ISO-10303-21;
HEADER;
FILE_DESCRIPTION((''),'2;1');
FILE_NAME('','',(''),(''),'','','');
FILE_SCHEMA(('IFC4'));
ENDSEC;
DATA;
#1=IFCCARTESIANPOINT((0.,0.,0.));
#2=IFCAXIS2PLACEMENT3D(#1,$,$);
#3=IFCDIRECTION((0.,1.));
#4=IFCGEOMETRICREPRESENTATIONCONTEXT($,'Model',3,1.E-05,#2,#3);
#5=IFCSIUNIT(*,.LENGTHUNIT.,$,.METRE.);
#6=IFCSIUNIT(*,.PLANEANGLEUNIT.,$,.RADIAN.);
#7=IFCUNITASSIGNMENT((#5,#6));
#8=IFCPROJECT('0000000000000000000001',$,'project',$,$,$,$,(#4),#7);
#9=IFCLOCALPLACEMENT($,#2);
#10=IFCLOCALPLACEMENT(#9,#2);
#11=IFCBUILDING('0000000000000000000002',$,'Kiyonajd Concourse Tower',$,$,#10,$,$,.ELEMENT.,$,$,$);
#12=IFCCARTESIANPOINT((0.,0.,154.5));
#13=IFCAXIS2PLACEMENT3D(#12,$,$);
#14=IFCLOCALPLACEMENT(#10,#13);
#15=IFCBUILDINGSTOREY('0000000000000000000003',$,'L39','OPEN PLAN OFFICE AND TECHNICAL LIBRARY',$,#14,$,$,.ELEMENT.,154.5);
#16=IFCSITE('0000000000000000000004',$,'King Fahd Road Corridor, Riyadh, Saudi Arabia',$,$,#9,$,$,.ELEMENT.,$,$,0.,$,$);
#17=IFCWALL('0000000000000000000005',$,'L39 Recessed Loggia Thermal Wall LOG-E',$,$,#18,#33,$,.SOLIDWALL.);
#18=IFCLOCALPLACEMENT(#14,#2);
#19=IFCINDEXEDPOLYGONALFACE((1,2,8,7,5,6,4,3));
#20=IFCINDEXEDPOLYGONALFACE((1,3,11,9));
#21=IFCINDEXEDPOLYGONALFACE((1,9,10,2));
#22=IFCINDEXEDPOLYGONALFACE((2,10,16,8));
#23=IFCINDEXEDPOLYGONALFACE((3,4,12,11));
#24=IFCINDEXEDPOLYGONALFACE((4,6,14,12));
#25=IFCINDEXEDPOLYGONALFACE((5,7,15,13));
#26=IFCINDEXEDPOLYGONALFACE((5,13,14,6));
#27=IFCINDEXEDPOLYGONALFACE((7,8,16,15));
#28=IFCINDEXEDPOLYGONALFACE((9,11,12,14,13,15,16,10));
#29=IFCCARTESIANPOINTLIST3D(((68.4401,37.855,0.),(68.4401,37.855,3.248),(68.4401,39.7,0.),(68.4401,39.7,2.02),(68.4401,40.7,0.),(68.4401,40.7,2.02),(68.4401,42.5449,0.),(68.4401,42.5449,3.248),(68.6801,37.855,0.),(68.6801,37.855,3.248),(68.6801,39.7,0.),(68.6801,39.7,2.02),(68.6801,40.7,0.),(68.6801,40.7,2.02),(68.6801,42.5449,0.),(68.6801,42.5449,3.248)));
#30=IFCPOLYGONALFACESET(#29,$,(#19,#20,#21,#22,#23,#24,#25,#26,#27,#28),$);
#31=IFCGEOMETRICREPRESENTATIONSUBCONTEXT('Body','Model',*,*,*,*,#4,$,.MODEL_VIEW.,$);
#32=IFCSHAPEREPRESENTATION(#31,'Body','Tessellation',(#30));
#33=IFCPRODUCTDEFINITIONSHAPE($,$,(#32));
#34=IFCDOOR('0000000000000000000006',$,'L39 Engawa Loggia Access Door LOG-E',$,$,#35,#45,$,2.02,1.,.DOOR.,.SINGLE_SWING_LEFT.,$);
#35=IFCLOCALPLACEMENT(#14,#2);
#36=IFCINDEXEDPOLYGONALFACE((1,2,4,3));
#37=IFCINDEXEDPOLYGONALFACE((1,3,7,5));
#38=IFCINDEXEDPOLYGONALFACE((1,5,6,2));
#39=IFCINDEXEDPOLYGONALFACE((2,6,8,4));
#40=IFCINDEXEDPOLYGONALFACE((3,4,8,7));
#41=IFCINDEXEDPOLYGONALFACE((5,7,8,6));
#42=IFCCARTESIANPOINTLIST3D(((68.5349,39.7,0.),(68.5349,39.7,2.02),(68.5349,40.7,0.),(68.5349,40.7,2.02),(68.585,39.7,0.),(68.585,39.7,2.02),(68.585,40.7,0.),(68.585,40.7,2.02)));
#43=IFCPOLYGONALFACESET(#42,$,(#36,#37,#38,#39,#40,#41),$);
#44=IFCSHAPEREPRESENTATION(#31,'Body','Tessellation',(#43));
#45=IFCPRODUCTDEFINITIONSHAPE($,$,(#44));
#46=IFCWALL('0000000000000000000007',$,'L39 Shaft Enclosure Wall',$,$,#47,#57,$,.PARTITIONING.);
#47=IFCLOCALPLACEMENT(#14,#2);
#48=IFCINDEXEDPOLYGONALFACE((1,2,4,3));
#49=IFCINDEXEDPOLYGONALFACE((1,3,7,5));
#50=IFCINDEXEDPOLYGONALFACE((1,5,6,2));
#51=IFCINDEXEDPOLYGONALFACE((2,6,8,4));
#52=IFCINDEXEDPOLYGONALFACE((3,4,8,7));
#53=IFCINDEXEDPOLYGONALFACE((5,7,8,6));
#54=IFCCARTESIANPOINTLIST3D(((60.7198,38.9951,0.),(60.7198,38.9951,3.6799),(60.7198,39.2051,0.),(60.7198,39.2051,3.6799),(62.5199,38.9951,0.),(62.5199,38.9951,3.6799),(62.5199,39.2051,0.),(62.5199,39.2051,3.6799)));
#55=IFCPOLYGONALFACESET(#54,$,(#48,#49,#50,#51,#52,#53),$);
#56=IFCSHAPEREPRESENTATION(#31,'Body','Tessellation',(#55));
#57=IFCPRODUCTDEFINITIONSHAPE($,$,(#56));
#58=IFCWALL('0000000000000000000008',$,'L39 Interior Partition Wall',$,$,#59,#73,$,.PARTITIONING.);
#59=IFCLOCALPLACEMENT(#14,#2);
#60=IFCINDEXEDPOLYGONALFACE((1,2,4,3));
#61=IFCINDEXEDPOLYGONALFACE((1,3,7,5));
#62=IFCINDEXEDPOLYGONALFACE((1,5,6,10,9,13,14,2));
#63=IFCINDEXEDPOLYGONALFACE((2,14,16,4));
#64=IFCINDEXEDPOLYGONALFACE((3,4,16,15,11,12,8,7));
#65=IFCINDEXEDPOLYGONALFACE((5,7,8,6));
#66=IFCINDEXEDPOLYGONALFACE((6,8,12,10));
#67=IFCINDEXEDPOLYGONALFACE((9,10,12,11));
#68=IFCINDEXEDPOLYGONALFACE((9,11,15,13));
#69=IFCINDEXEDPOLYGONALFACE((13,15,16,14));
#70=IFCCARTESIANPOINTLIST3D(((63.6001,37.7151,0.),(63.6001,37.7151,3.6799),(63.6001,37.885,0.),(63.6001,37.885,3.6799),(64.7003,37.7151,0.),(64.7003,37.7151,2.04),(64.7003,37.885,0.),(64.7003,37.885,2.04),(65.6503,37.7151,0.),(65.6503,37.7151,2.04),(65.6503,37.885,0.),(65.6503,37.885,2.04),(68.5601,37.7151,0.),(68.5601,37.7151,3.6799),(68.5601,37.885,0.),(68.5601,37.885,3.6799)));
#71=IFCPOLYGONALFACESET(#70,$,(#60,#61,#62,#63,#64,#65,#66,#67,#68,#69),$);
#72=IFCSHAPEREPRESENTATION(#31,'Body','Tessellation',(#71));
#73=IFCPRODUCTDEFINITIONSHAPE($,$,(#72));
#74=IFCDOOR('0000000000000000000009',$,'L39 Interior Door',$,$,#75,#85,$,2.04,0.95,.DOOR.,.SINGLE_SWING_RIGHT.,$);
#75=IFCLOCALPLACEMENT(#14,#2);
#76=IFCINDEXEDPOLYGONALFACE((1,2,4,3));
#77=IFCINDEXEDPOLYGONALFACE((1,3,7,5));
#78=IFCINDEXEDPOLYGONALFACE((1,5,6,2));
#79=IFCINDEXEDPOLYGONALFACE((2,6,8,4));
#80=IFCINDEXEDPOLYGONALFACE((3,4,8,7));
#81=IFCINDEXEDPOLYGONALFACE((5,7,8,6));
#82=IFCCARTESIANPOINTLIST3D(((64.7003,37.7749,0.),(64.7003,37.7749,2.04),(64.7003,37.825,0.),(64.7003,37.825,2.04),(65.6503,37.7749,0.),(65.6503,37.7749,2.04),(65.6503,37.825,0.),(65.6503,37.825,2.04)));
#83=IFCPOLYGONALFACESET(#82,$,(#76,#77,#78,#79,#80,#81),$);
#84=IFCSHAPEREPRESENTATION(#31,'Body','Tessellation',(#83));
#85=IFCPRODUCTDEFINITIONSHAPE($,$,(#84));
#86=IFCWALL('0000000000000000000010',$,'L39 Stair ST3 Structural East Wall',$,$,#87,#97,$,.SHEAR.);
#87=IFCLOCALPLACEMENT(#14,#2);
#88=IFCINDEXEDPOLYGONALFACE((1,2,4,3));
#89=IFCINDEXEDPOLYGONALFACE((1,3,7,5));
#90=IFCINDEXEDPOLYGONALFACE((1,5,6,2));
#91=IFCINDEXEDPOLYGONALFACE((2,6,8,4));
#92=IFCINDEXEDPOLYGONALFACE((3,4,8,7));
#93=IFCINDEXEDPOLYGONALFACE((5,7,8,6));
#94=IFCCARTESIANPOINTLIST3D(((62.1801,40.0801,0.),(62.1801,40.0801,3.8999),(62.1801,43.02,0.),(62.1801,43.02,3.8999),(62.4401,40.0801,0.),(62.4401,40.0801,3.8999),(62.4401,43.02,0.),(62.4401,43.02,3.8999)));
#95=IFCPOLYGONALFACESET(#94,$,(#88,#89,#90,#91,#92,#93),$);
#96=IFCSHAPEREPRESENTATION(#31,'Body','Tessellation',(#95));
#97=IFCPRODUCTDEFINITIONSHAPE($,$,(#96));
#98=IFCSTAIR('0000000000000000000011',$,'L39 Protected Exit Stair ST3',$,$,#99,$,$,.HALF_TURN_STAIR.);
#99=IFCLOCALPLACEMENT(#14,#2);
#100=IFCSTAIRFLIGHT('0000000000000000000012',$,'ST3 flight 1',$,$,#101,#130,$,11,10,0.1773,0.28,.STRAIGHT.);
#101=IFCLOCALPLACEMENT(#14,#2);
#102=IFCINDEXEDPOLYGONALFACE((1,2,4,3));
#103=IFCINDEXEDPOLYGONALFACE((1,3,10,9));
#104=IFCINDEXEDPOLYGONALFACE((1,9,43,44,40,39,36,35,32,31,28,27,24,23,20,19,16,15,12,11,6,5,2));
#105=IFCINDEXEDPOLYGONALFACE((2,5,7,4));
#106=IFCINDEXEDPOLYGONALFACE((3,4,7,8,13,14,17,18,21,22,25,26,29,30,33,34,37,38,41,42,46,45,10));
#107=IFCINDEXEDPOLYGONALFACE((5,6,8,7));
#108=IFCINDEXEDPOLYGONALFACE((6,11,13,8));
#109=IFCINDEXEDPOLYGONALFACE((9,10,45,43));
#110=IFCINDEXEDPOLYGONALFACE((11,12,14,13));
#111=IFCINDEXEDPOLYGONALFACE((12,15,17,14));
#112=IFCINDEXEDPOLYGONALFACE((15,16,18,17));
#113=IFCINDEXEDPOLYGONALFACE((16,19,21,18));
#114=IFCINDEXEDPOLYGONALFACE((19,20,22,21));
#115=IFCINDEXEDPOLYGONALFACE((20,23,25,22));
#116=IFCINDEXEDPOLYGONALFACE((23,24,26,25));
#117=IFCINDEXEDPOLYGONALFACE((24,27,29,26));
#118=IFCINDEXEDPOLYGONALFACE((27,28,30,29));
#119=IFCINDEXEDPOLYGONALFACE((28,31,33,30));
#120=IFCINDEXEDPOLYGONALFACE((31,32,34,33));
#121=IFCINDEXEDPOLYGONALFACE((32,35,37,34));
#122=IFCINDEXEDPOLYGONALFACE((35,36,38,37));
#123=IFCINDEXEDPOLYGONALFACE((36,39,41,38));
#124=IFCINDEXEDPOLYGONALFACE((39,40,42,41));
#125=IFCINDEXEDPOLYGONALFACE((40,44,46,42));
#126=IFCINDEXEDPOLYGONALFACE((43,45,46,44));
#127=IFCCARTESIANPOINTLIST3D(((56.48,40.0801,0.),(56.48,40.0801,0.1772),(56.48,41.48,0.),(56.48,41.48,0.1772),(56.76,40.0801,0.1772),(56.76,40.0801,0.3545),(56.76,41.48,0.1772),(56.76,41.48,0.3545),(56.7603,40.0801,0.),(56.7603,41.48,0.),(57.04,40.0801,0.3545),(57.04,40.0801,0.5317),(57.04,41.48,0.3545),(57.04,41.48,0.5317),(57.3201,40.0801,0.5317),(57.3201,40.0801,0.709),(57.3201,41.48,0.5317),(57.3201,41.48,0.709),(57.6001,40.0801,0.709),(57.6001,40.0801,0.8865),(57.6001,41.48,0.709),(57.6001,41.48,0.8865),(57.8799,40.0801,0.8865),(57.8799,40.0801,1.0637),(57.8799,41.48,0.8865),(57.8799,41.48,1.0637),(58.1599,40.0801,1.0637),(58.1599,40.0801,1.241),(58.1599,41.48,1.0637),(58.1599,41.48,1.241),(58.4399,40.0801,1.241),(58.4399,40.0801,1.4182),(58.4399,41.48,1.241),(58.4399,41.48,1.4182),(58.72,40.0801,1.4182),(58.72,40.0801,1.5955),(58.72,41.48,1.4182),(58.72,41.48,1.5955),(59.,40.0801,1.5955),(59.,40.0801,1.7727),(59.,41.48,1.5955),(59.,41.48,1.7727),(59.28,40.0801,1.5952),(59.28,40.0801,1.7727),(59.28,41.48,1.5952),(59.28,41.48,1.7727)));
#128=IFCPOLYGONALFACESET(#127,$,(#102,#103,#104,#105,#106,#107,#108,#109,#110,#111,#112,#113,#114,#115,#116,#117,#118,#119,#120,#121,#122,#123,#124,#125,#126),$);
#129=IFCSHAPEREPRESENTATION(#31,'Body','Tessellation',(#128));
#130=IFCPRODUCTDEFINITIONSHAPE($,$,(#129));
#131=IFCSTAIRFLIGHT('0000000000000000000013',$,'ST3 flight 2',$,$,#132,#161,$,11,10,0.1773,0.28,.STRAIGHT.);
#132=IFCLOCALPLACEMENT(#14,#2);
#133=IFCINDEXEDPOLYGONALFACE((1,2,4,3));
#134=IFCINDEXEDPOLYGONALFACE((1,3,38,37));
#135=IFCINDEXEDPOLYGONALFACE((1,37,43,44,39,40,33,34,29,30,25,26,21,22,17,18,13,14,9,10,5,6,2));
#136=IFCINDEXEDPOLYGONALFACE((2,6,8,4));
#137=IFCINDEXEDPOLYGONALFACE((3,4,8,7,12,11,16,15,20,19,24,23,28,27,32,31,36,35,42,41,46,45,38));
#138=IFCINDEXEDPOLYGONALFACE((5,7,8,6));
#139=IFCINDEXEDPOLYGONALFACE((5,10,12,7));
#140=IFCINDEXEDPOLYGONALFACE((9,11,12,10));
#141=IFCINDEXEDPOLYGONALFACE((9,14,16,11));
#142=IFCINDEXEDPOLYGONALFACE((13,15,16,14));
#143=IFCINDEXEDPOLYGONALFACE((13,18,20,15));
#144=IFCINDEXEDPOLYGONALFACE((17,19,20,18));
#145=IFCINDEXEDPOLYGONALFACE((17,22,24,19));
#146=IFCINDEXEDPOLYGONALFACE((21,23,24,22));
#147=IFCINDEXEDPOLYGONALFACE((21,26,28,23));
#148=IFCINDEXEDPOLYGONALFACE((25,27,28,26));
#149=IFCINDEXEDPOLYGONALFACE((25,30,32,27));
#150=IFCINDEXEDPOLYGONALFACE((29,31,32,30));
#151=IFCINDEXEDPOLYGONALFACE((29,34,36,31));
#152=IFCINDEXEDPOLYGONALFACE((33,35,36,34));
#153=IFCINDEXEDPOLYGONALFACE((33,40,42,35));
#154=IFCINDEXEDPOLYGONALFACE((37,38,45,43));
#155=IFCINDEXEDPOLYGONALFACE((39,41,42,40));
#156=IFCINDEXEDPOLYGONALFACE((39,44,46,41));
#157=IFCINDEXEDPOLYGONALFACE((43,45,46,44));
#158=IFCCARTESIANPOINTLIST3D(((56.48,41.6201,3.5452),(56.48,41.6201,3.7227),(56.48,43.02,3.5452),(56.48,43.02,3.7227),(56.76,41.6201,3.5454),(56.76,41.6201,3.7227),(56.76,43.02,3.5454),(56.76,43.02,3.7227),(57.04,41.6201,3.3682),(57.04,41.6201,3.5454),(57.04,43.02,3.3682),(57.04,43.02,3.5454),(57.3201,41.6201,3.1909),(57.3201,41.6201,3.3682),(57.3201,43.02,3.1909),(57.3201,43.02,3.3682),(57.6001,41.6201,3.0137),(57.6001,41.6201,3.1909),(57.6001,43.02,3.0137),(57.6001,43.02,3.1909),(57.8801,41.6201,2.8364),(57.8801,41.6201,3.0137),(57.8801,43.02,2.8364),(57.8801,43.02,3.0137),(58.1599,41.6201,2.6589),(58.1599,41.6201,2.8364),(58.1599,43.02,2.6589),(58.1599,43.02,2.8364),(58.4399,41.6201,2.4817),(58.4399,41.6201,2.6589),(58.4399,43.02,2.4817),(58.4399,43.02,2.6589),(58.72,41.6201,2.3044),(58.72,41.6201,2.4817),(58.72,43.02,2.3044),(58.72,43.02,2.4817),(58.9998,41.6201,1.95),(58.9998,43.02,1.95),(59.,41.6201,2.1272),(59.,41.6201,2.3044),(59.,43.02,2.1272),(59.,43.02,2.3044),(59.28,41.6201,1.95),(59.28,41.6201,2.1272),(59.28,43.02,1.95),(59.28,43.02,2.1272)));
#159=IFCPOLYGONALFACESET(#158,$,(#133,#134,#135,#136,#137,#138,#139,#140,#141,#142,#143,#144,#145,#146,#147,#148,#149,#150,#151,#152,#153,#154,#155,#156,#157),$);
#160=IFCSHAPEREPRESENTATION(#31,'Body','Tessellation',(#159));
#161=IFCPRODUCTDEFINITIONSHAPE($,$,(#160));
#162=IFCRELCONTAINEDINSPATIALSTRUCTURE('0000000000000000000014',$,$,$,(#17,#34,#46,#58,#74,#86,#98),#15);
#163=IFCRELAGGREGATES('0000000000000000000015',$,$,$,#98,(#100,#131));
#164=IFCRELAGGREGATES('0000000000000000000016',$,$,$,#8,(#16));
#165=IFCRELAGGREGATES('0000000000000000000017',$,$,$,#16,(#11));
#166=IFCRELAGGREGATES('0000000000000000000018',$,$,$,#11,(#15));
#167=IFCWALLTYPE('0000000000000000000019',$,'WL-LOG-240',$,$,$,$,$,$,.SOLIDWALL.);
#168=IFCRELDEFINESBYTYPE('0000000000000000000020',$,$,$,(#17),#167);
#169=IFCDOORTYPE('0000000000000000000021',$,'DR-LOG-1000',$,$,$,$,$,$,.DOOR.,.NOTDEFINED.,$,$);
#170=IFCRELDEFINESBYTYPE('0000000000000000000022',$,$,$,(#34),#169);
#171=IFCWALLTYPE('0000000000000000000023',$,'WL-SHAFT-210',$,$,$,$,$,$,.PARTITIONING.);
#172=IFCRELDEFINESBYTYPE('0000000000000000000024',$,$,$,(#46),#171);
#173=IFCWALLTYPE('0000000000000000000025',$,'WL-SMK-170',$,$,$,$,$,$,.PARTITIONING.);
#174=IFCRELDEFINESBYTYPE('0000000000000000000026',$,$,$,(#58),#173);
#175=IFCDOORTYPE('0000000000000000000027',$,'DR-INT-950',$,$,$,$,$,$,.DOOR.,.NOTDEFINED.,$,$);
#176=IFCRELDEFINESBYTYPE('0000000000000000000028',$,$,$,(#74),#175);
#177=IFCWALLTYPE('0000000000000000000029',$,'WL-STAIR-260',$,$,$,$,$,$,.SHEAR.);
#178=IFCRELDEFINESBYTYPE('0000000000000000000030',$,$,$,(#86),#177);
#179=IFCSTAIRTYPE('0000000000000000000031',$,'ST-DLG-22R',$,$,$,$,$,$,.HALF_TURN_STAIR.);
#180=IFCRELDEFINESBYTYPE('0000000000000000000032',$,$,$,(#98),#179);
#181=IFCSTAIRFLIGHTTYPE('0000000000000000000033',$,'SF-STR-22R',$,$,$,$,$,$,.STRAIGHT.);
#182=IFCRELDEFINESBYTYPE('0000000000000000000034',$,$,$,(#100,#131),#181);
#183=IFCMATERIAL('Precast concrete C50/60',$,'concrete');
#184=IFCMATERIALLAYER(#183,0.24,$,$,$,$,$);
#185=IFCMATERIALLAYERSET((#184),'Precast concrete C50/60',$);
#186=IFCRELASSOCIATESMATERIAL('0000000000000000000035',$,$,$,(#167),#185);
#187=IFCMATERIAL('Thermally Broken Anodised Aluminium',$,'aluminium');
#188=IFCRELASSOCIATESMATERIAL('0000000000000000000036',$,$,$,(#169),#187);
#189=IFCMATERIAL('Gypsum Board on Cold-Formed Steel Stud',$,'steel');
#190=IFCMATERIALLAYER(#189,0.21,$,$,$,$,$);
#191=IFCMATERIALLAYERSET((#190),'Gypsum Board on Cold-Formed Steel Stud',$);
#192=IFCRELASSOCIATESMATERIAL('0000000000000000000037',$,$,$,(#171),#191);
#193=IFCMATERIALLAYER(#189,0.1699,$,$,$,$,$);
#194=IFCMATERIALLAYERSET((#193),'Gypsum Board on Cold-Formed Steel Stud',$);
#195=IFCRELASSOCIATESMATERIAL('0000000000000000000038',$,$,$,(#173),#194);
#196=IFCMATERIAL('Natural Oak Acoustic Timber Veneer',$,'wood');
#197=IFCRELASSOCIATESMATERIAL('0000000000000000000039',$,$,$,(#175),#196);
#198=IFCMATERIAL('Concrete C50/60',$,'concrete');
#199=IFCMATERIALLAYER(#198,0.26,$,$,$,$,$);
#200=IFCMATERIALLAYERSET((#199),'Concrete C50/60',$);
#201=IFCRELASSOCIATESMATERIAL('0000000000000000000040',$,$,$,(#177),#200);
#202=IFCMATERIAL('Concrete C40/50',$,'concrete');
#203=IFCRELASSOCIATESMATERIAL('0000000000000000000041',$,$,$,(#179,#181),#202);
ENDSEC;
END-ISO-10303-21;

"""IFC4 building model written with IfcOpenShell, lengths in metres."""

from ifc_helpers import new_model, si_unit, direction, frame, frame_2d, origin, place, context, subcontext, project, spatial, polyline, rectangle, outline, extrude, material, layer, layer_set, type_object, element, fill, aggregate, save


model = new_model("IFC4")

# Units and contexts
model_context = context("Model", 3, precision=1e-05, world=origin(), true_north=direction((0.0, 1.0)))
body_context = subcontext(model_context, "Body", "Model", "MODEL_VIEW")
ifc_project = project(units=[si_unit("LENGTHUNIT", "METRE"), si_unit("PLANEANGLEUNIT", "RADIAN")], contexts=[model_context])

# Site, building, storey
site_placement = place(None, origin())
site = spatial("IfcSite", under=ifc_project, at=site_placement, Name="King Fahd Road Corridor, Riyadh, Saudi Arabia", CompositionType="ELEMENT", RefElevation=0.0)
building_placement = place(site_placement, origin())
building = spatial("IfcBuilding", under=site, at=building_placement, Name="Kiyonajd Concourse Tower", CompositionType="ELEMENT")
storey_placement = place(building_placement, frame((0.0, 0.0, 154.5)))
storey = spatial("IfcBuildingStorey", under=building, at=storey_placement, Name="L39", Description="OPEN PLAN OFFICE AND TECHNICAL LIBRARY", CompositionType="ELEMENT", Elevation=154.5)

# Shared definitions
ifc_material_1 = material(Name="Thermally Broken Anodised Aluminium", Category="aluminium")

# Shared definitions
ifc_material_2 = material(Name="Precast concrete C50/60", Category="concrete")

# Wall, opening, door
ifc_layer_1 = layer(ifc_material_2, 0.24)
ifc_layer_set_1 = layer_set([ifc_layer_1], Name="Precast concrete C50/60")
wall_type_1 = type_object("IfcWallType", Name="WL-LOG-240", PredefinedType="SOLIDWALL", material=ifc_layer_set_1)
wall_1_placement = place(storey_placement, frame((68.5601, 42.5449, 0.0), z_axis=(0.0, 0.0, 1.0), x_axis=(0.0, -1.0, 0.0)))
wall_1 = element("IfcWall", 1, at=wall_1_placement, inside=storey, type_object=wall_type_1, Name="L39 Recessed Loggia Thermal Wall LOG-E", PredefinedType="SOLIDWALL", context=body_context, shape_type="SweptSolid", body=[
    extrude(rectangle(XDim=4.6899, YDim=0.24, at=frame_2d((2.345, 0.0))), origin(), (0.0, 0.0, 1.0), 3.248),
])
opening_1_placement = place(wall_1_placement, frame((1.845, 0.0, 0.0)))
opening_1 = element("IfcOpeningElement", 2, at=opening_1_placement, cuts=wall_1, PredefinedType="OPENING", context=body_context, shape_type="SweptSolid", body=[
    extrude(rectangle(XDim=1.0, YDim=2.02, at=frame_2d((0.5, 1.01))), frame((0.0, 0.1299, 0.0), z_axis=(0.0, -1.0, 0.0), x_axis=(1.0, 0.0, 0.0)), (0.0, 0.0, 1.0), 0.26),
])
door_type_1 = type_object("IfcDoorType", Name="DR-LOG-1000", OperationType="NOTDEFINED", PredefinedType="DOOR", material=ifc_material_1)
door_1_placement = place(opening_1_placement, origin())
door_1 = element("IfcDoor", 3, at=door_1_placement, inside=storey, type_object=door_type_1, Name="L39 Engawa Loggia Access Door LOG-E", OperationType="SINGLE_SWING_LEFT", OverallHeight=2.02, OverallWidth=1.0, PredefinedType="DOOR", context=body_context, shape_type="SweptSolid", body=[
    extrude(rectangle(XDim=1.0, YDim=2.02, at=frame_2d((0.5, 1.01))), frame((0.0, 0.0249, 0.0), z_axis=(0.0, -1.0, 0.0), x_axis=(1.0, 0.0, 0.0)), (0.0, 0.0, 1.0), 0.05),
])
fill(opening_1, door_1)

# Wall
ifc_material_3 = material(Name="Gypsum Board on Cold-Formed Steel Stud", Category="steel")
ifc_layer_2 = layer(ifc_material_3, 0.21)
ifc_layer_set_2 = layer_set([ifc_layer_2], Name="Gypsum Board on Cold-Formed Steel Stud")
wall_type_2 = type_object("IfcWallType", Name="WL-SHAFT-210", PredefinedType="PARTITIONING", material=ifc_layer_set_2)
wall_2_placement = place(storey_placement, frame((60.72, 39.1001, 0.0), z_axis=(0.0, 0.0, 1.0), x_axis=(1.0, 0.0, 0.0)))
element("IfcWall", 4, at=wall_2_placement, inside=storey, type_object=wall_type_2, Name="L39 Shaft Enclosure Wall", PredefinedType="PARTITIONING", context=body_context, shape_type="SweptSolid", body=[
    extrude(rectangle(XDim=1.8, YDim=0.21, at=frame_2d((0.8999, 0.0))), origin(), (0.0, 0.0, 1.0), 3.6799),
])

# Wall, opening, door
ifc_layer_3 = layer(ifc_material_3, 0.1699)
ifc_layer_set_3 = layer_set([ifc_layer_3], Name="Gypsum Board on Cold-Formed Steel Stud")
wall_type_3 = type_object("IfcWallType", Name="WL-SMK-170", PredefinedType="PARTITIONING", material=ifc_layer_set_3)
wall_3_placement = place(storey_placement, frame((63.6001, 37.8, 0.0), z_axis=(0.0, 0.0, 1.0), x_axis=(1.0, 0.0, 0.0)))
wall_3 = element("IfcWall", 5, at=wall_3_placement, inside=storey, type_object=wall_type_3, Name="L39 Interior Partition Wall", PredefinedType="PARTITIONING", context=body_context, shape_type="SweptSolid", body=[
    extrude(rectangle(XDim=4.96, YDim=0.1699, at=frame_2d((2.48, 0.0))), origin(), (0.0, 0.0, 1.0), 3.6799),
])
opening_2_placement = place(wall_3_placement, frame((1.1001, 0.0, 0.0)))
opening_2 = element("IfcOpeningElement", 6, at=opening_2_placement, cuts=wall_3, PredefinedType="OPENING", context=body_context, shape_type="SweptSolid", body=[
    extrude(rectangle(XDim=0.95, YDim=2.04, at=frame_2d((0.4751, 1.02))), frame((0.0, 0.095, 0.0), z_axis=(0.0, -1.0, 0.0), x_axis=(1.0, 0.0, 0.0)), (0.0, 0.0, 1.0), 0.1899),
])
ifc_material_4 = material(Name="Natural Oak Acoustic Timber Veneer", Category="wood")
door_type_2 = type_object("IfcDoorType", Name="DR-INT-950", OperationType="NOTDEFINED", PredefinedType="DOOR", material=ifc_material_4)
door_2_placement = place(opening_2_placement, origin())
door_2 = element("IfcDoor", 7, at=door_2_placement, inside=storey, type_object=door_type_2, Name="L39 Interior Door", OperationType="SINGLE_SWING_RIGHT", OverallHeight=2.04, OverallWidth=0.95, PredefinedType="DOOR", context=body_context, shape_type="SweptSolid", body=[
    extrude(rectangle(XDim=0.95, YDim=2.04, at=frame_2d((0.4751, 1.02))), frame((0.0, 0.0249, 0.0), z_axis=(0.0, -1.0, 0.0), x_axis=(1.0, 0.0, 0.0)), (0.0, 0.0, 1.0), 0.05),
])
fill(opening_2, door_2)

# Wall
ifc_material_5 = material(Name="Concrete C50/60", Category="concrete")
ifc_layer_4 = layer(ifc_material_5, 0.26)
ifc_layer_set_4 = layer_set([ifc_layer_4], Name="Concrete C50/60")
wall_type_4 = type_object("IfcWallType", Name="WL-STAIR-260", PredefinedType="SHEAR", material=ifc_layer_set_4)
wall_4_placement = place(storey_placement, frame((62.3101, 40.0801, 0.0), z_axis=(0.0, 0.0, 1.0), x_axis=(0.0, 1.0, 0.0)))
element("IfcWall", 8, at=wall_4_placement, inside=storey, type_object=wall_type_4, Name="L39 Stair ST3 Structural East Wall", PredefinedType="SHEAR", context=body_context, shape_type="SweptSolid", body=[
    extrude(rectangle(XDim=2.9399, YDim=0.26, at=frame_2d((1.47, 0.0))), origin(), (0.0, 0.0, 1.0), 3.8999),
])

# Stair, stair flights
ifc_material_6 = material(Name="Concrete C40/50", Category="concrete")
stair_type = type_object("IfcStairType", Name="ST-DLG-22R", PredefinedType="HALF_TURN_STAIR", material=ifc_material_6)
stair_placement = place(storey_placement, origin())
stair = element("IfcStair", 9, at=stair_placement, inside=storey, type_object=stair_type, Name="L39 Protected Exit Stair ST3", PredefinedType="HALF_TURN_STAIR")
stair_flight_type = type_object("IfcStairFlightType", Name="SF-STR-22R", PredefinedType="STRAIGHT", material=ifc_material_6)
stair_flight_1_placement = place(storey_placement, frame((56.48, 40.78, 0.0), z_axis=(0.0, 0.0, 1.0), x_axis=(1.0, 0.0, 0.0)))
stair_flight_1 = element("IfcStairFlight", 10, at=stair_flight_1_placement, type_object=stair_flight_type, Name="ST3 flight 1", NumberOfRisers=11, NumberOfTreads=10, PredefinedType="STRAIGHT", RiserHeight=0.1773, TreadLength=0.28, context=body_context, shape_type="SweptSolid", body=[
    extrude(outline(polyline([(0.0, 0.0), (0.0, 0.1772), (0.28, 0.1772), (0.28, 0.3545), (0.5601, 0.3545), (0.5601, 0.5317), (0.8401, 0.5317), (0.8401, 0.709), (1.1201, 0.709), (1.1201, 0.8865), (1.3999, 0.8865), (1.3999, 1.0637), (1.6799, 1.0637), (1.6799, 1.241), (1.96, 1.241), (1.96, 1.4182), (2.24, 1.4182), (2.24, 1.5955), (2.52, 1.5955), (2.52, 1.7727), (2.8, 1.7727), (2.8, 1.95), (2.8, 1.5952), (0.2803, 0.0), (0.0, 0.0)])), frame((0.0, 0.7, 0.0), z_axis=(0.0, -1.0, 0.0), x_axis=(1.0, 0.0, 0.0)), (0.0, 0.0, 1.0), 1.3999),
])
stair_flight_2_placement = place(storey_placement, frame((59.28, 42.3201, 1.95), z_axis=(0.0, 0.0, 1.0), x_axis=(-1.0, 0.0, 0.0)))
stair_flight_2 = element("IfcStairFlight", 11, at=stair_flight_2_placement, type_object=stair_flight_type, Name="ST3 flight 2", NumberOfRisers=11, NumberOfTreads=10, PredefinedType="STRAIGHT", RiserHeight=0.1773, TreadLength=0.28, context=body_context, shape_type="SweptSolid", body=[
    extrude(outline(polyline([(0.0, 0.0), (0.0, 0.1772), (0.28, 0.1772), (0.28, 0.3545), (0.5601, 0.3545), (0.5601, 0.5317), (0.8401, 0.5317), (0.8401, 0.709), (1.1201, 0.709), (1.1201, 0.8865), (1.3999, 0.8865), (1.3999, 1.0637), (1.6799, 1.0637), (1.6799, 1.241), (1.96, 1.241), (1.96, 1.4182), (2.24, 1.4182), (2.24, 1.5955), (2.52, 1.5955), (2.52, 1.7727), (2.8, 1.7727), (2.8, 1.95), (2.8, 1.5952), (0.2803, 0.0), (0.0, 0.0)])), frame((0.0, 0.7, 0.0), z_axis=(0.0, -1.0, 0.0), x_axis=(1.0, 0.0, 0.0)), (0.0, 0.0, 1.0), 1.3999),
])
aggregate(stair, [stair_flight_1, stair_flight_2])

save(model, "model.ifc")
